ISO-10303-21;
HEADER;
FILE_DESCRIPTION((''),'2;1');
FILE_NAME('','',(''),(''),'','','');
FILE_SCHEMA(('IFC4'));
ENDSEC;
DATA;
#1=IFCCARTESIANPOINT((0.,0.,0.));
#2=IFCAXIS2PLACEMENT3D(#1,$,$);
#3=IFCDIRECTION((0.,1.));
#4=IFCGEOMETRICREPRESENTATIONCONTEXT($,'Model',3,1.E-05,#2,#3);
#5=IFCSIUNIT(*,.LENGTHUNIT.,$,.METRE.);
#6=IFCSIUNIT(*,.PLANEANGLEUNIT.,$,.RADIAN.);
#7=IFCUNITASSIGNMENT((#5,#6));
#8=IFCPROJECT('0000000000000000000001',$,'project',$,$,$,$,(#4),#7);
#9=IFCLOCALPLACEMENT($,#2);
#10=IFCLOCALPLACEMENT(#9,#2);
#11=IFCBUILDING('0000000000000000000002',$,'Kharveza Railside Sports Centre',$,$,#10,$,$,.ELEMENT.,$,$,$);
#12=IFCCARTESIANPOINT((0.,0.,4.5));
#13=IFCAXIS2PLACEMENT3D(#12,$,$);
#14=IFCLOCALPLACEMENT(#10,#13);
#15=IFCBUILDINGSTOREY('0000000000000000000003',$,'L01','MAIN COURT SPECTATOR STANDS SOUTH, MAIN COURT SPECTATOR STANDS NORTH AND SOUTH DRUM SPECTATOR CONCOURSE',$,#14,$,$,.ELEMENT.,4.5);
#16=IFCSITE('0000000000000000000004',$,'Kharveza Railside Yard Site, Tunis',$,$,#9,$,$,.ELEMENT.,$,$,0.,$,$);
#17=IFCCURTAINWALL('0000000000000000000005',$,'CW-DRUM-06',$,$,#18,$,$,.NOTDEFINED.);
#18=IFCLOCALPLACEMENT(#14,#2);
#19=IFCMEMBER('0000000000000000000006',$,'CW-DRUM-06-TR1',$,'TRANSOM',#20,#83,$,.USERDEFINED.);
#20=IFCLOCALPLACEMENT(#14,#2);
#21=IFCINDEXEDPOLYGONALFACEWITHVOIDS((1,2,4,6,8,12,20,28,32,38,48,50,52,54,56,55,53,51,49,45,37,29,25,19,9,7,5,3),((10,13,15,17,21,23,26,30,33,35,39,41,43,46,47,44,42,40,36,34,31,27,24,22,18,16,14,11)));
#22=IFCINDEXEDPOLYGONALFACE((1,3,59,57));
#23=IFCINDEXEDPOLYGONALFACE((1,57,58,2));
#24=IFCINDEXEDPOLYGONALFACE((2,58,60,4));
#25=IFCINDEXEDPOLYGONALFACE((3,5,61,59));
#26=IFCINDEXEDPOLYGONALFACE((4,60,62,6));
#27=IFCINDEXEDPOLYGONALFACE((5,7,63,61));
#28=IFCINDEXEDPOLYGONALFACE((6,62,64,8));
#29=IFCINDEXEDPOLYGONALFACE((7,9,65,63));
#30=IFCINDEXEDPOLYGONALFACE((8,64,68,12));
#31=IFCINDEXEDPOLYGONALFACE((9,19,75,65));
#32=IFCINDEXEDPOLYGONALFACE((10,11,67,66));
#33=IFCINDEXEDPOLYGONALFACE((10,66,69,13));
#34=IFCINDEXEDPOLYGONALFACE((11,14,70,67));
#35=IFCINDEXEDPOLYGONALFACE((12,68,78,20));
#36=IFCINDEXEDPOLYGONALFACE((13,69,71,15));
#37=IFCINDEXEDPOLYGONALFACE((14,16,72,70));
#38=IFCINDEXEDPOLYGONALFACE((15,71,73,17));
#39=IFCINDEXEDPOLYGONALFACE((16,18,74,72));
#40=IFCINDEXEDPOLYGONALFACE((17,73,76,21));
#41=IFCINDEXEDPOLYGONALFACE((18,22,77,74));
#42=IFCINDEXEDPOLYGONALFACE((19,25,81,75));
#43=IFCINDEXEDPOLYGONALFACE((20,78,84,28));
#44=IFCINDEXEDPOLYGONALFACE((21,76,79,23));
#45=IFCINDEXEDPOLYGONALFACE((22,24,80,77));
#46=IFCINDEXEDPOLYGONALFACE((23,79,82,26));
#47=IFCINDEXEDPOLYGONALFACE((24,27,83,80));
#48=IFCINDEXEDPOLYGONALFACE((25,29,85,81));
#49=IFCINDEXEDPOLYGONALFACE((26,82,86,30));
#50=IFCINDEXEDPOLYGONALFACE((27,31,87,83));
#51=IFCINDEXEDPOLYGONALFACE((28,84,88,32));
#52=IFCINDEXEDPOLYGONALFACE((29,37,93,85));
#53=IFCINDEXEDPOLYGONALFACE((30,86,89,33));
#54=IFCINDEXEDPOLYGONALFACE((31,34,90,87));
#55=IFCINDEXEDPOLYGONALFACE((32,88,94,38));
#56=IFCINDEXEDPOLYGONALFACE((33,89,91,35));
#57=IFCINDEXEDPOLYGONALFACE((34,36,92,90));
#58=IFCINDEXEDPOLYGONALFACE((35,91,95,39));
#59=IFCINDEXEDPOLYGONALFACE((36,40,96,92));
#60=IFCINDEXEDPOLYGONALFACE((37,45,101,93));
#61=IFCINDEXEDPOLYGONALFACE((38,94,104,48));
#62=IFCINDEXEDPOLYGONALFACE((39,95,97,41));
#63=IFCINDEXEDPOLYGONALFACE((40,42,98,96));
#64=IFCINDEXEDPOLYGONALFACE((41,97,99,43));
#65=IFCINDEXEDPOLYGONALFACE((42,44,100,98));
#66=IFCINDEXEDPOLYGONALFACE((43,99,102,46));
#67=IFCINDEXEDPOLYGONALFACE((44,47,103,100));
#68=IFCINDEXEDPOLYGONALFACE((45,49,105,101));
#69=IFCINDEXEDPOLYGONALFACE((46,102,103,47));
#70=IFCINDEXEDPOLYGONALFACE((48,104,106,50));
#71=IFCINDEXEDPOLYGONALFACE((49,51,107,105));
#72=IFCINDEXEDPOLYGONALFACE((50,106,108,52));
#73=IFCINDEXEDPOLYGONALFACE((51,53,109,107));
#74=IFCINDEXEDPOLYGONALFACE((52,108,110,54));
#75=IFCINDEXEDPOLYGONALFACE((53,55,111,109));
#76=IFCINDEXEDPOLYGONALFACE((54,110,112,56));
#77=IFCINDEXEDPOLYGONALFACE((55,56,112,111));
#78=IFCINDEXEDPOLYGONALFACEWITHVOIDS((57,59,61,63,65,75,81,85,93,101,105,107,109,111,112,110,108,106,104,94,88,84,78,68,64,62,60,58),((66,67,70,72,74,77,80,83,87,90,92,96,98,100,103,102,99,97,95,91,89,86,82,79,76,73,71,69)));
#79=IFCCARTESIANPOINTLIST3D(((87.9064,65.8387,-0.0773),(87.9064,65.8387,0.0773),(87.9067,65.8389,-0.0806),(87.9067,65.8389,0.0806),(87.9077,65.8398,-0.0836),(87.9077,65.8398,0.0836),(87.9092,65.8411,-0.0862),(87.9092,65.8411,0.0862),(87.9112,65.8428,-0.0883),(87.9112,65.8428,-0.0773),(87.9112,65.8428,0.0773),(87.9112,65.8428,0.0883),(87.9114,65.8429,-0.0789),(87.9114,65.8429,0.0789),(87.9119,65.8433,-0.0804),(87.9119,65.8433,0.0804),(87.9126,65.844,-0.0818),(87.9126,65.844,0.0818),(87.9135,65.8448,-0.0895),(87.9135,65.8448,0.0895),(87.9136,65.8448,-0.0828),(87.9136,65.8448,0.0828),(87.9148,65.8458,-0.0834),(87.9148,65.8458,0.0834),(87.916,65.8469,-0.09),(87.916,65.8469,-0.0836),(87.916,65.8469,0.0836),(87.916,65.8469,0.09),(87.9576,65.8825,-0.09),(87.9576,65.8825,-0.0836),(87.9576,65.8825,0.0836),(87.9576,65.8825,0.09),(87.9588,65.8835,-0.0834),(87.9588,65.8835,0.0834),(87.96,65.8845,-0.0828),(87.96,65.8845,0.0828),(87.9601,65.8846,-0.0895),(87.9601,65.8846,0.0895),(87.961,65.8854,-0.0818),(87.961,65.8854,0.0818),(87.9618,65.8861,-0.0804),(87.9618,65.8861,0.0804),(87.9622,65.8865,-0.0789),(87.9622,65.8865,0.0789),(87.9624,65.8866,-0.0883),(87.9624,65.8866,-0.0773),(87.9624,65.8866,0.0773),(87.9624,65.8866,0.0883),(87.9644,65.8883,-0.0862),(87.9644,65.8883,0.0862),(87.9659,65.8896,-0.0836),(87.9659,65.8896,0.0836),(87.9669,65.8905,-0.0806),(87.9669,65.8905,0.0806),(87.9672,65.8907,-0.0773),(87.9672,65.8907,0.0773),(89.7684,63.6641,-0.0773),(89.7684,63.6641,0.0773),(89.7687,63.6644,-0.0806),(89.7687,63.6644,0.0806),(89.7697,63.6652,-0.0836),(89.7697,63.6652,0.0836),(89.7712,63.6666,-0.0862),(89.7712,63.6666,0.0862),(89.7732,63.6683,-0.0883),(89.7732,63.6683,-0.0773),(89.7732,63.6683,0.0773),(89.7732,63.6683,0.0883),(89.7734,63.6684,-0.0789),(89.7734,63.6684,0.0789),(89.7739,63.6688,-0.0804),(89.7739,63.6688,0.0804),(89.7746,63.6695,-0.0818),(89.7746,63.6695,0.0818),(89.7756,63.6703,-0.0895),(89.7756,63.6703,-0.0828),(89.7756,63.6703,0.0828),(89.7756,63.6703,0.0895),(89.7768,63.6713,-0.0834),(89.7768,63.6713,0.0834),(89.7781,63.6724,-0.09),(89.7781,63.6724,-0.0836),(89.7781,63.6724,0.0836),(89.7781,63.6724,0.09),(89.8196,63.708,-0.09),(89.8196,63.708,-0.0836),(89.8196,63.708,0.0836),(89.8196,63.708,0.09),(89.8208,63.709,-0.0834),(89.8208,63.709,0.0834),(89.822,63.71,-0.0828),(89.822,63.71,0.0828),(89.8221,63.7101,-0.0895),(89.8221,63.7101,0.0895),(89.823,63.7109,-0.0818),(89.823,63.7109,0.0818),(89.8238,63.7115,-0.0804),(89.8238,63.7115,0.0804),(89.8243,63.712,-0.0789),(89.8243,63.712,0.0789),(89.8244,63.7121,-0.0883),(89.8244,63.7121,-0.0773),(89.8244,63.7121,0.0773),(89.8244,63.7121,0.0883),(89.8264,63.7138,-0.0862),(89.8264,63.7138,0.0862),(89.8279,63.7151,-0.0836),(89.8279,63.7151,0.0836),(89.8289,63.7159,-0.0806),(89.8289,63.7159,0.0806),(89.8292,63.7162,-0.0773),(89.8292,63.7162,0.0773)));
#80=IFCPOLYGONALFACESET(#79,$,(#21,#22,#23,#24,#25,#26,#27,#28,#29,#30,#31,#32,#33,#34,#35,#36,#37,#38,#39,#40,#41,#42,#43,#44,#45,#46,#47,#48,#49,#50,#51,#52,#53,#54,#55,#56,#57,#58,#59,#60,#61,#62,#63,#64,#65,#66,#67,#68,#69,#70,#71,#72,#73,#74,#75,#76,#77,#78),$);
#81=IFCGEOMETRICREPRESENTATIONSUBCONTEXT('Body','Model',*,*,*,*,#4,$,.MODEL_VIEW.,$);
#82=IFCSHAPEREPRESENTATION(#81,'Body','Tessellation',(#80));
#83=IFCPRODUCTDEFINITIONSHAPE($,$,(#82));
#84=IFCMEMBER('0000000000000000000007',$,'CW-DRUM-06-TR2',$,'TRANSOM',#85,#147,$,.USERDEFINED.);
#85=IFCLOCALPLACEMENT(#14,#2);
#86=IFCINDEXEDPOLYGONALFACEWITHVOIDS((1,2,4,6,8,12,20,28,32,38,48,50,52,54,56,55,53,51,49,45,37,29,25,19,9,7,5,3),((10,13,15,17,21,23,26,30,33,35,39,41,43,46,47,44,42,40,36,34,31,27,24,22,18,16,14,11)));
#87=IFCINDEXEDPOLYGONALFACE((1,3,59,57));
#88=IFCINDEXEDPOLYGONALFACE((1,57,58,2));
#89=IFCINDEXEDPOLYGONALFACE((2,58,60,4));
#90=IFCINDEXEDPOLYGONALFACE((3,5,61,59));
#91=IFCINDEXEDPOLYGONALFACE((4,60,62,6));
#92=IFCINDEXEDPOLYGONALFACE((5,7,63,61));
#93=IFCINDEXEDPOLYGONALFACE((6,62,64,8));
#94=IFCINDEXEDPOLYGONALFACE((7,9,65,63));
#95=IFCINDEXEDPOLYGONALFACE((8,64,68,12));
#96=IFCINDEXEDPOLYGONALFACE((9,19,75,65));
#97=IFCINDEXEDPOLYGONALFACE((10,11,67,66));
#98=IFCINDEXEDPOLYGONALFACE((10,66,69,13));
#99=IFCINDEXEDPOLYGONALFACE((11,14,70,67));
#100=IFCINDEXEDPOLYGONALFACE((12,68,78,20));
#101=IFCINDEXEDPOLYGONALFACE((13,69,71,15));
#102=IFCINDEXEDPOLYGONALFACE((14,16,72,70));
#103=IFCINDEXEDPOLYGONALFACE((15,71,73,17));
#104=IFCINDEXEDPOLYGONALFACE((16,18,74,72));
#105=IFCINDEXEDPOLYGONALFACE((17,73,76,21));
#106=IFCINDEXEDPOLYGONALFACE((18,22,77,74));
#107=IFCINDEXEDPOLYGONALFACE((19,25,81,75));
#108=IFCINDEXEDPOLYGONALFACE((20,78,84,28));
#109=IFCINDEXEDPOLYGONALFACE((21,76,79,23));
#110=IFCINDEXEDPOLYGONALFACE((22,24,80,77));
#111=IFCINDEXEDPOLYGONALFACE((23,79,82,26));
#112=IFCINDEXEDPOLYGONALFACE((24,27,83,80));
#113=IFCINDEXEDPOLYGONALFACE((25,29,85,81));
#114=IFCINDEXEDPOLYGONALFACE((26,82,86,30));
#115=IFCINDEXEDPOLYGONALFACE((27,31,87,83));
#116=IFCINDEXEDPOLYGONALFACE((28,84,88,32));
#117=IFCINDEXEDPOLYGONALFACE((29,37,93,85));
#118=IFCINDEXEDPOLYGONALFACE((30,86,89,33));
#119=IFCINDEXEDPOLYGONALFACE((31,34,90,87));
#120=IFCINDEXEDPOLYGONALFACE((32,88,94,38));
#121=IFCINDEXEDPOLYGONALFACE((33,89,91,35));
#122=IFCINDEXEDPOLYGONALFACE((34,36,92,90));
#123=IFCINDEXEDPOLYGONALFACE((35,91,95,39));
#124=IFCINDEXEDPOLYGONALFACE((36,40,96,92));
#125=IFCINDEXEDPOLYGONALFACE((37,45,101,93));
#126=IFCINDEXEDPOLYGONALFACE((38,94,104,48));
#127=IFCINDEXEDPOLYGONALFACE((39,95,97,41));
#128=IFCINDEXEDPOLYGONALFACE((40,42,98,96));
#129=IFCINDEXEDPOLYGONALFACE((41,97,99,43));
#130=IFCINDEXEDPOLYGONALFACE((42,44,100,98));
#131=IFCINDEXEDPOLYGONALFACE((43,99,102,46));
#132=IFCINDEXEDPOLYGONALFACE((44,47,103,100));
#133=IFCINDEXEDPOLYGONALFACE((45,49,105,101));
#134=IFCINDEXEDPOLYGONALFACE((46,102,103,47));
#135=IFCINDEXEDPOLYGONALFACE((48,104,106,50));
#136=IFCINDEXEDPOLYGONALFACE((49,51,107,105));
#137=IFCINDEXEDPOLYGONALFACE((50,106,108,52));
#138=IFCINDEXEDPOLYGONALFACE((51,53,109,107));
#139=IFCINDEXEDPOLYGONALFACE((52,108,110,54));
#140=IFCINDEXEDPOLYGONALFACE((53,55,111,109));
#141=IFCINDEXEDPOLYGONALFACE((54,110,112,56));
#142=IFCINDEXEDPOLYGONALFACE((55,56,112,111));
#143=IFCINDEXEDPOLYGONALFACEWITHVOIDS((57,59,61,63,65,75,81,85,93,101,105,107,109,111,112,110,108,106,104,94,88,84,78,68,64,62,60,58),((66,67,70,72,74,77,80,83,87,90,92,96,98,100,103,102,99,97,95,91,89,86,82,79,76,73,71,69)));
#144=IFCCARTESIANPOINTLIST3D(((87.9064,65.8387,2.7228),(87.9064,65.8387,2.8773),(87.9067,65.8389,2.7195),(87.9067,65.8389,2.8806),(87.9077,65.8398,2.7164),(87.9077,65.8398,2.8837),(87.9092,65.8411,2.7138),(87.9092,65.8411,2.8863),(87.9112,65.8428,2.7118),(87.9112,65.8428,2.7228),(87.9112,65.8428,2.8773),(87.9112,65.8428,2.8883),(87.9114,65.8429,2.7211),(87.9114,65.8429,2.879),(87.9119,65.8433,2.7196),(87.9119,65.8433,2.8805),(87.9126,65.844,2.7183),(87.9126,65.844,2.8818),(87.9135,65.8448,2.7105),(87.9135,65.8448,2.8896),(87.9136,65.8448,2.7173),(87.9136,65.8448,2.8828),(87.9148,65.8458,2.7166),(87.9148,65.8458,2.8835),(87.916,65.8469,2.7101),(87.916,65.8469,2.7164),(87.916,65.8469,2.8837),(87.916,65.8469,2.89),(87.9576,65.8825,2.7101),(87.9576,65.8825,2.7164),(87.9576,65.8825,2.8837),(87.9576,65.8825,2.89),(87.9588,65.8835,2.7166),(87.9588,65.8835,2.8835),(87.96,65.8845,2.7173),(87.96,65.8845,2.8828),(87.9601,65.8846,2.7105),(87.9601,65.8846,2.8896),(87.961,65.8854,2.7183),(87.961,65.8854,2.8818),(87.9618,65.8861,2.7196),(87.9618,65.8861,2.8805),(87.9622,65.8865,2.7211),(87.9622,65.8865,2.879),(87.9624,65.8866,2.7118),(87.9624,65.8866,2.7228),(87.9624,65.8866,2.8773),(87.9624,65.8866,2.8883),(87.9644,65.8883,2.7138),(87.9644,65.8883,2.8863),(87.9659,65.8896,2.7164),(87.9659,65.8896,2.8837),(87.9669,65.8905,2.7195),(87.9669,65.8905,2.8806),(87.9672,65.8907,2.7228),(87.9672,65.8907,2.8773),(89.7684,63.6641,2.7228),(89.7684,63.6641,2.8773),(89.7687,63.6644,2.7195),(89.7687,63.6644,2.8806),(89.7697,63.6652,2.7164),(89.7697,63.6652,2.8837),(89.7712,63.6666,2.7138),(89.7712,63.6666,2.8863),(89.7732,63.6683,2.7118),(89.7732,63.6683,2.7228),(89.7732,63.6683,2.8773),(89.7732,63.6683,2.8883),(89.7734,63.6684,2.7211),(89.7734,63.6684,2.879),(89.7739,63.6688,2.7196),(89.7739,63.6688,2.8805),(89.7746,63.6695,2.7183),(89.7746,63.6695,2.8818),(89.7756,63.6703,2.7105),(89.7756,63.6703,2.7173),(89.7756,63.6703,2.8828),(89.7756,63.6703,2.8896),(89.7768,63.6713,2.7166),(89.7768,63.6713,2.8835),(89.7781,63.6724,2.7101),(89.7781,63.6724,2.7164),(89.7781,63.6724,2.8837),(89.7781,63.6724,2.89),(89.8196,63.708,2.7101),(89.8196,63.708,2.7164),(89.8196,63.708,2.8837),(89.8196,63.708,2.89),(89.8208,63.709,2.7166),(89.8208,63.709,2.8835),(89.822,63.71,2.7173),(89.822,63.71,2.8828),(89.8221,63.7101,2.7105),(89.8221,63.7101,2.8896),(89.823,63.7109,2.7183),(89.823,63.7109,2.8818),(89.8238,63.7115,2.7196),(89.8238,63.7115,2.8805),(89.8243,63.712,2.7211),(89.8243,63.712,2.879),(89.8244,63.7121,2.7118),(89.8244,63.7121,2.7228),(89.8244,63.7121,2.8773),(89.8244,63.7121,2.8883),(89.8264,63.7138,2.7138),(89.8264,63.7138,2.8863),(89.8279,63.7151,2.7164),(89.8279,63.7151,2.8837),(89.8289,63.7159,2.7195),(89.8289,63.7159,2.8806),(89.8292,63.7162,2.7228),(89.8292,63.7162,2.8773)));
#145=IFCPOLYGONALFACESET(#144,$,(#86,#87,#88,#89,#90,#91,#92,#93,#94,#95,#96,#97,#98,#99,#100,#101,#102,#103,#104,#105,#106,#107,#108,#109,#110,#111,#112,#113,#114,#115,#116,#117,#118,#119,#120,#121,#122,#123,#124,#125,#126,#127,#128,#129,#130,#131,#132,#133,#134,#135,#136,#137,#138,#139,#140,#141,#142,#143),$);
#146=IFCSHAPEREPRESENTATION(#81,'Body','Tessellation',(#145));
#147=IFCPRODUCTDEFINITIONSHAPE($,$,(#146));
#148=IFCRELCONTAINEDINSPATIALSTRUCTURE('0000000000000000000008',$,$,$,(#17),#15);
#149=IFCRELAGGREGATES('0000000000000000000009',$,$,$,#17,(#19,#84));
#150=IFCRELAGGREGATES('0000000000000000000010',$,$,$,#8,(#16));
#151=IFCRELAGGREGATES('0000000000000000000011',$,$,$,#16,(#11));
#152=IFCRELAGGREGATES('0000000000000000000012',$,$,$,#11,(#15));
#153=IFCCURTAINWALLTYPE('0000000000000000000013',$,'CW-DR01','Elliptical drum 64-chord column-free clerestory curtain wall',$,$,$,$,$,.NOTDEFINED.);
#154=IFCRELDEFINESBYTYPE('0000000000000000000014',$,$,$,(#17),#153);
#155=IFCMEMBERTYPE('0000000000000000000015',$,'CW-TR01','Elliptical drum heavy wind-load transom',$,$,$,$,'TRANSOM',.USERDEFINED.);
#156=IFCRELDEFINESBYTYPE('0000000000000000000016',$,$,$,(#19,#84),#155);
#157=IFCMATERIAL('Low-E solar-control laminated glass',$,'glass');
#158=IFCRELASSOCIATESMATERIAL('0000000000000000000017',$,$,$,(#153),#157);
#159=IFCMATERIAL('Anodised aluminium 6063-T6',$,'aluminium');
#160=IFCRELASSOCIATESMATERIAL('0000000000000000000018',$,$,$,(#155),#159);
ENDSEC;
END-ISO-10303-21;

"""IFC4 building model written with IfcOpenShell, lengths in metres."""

from ifc_helpers import new_model, si_unit, direction, frame, origin, origin_2d, place, context, subcontext, project, spatial, hollow_rectangle, extrude, material, material_profile, profile_set, type_object, element, aggregate, save


model = new_model("IFC4")

# Units and contexts
model_context = context("Model", 3, precision=1e-05, world=origin(), true_north=direction((0.0, 1.0)))
body_context = subcontext(model_context, "Body", "Model", "MODEL_VIEW")
ifc_project = project(units=[si_unit("LENGTHUNIT", "METRE"), si_unit("PLANEANGLEUNIT", "RADIAN")], contexts=[model_context])

# Site, building, storey
site_placement = place(None, origin())
site = spatial("IfcSite", under=ifc_project, at=site_placement, Name="Kharveza Railside Yard Site, Tunis", CompositionType="ELEMENT", RefElevation=0.0)
building_placement = place(site_placement, origin())
building = spatial("IfcBuilding", under=site, at=building_placement, Name="Kharveza Railside Sports Centre", CompositionType="ELEMENT")
storey_placement = place(building_placement, frame((0.0, 0.0, 4.5)))
storey = spatial("IfcBuildingStorey", under=building, at=storey_placement, Name="L01", Description="MAIN COURT SPECTATOR STANDS SOUTH, MAIN COURT SPECTATOR STANDS NORTH AND SOUTH DRUM SPECTATOR CONCOURSE", CompositionType="ELEMENT", Elevation=4.5)

# Curtain wall
ifc_material_1 = material(Name="Low-E solar-control laminated glass", Category="glass")
curtain_wall_type = type_object("IfcCurtainWallType", Name="CW-DR01", Description="Elliptical drum 64-chord column-free clerestory curtain wall", PredefinedType="NOTDEFINED", material=ifc_material_1)
ifc_material_2 = material(Name="Anodised aluminium 6063-T6", Category="aluminium")
curtain_wall_1_placement = place(storey_placement, origin())
curtain_wall_1 = element("IfcCurtainWall", 1, at=curtain_wall_1_placement, inside=storey, type_object=curtain_wall_type, Name="CW-DRUM-06", PredefinedType="NOTDEFINED")

# Members
ifc_material_profile_1 = material_profile(ifc_material_2, hollow_rectangle(XDim=0.0801, YDim=0.1799, WallThickness=0.0063, InnerFilletRadius=0.0063, OuterFilletRadius=0.0127, at=origin_2d()), Name="RHS 80x180x6.3")
ifc_profile_set_1 = profile_set([ifc_material_profile_1], Name="Anodised aluminium 6063-T6")
member_type_1 = type_object("IfcMemberType", Name="CW-TR01", Description="Elliptical drum heavy wind-load transom", ElementType="TRANSOM", PredefinedType="USERDEFINED", material=ifc_profile_set_1)
member_1_placement = place(storey_placement, frame((89.7988, 63.6902, 0.0), z_axis=(-0.650419, 0.759576, 0.0), x_axis=(-0.759576, -0.650419, 0.0)))
member_1 = element("IfcMember", 2, at=member_1_placement, type_object=member_type_1, Name="CW-DRUM-06-TR1", ObjectType="TRANSOM", PredefinedType="USERDEFINED", context=body_context, shape_type="SweptSolid", body=[
    extrude(hollow_rectangle(XDim=0.0801, YDim=0.1799, WallThickness=0.0063, InnerFilletRadius=0.0063, OuterFilletRadius=0.0127, at=origin_2d()), origin(), (0.0, 0.0, 1.0), 2.8628),
])
member_2_placement = place(storey_placement, frame((89.7988, 63.6902, 2.8), z_axis=(-0.650419, 0.759576, 0.0), x_axis=(-0.759576, -0.650419, 0.0)))
member_2 = element("IfcMember", 3, at=member_2_placement, type_object=member_type_1, Name="CW-DRUM-06-TR2", ObjectType="TRANSOM", PredefinedType="USERDEFINED", context=body_context, shape_type="SweptSolid", body=[
    extrude(hollow_rectangle(XDim=0.0801, YDim=0.1799, WallThickness=0.0063, InnerFilletRadius=0.0063, OuterFilletRadius=0.0127, at=origin_2d()), origin(), (0.0, 0.0, 1.0), 2.8628),
])

aggregate(curtain_wall_1, [member_1, member_2])

save(model, "model.ifc")
